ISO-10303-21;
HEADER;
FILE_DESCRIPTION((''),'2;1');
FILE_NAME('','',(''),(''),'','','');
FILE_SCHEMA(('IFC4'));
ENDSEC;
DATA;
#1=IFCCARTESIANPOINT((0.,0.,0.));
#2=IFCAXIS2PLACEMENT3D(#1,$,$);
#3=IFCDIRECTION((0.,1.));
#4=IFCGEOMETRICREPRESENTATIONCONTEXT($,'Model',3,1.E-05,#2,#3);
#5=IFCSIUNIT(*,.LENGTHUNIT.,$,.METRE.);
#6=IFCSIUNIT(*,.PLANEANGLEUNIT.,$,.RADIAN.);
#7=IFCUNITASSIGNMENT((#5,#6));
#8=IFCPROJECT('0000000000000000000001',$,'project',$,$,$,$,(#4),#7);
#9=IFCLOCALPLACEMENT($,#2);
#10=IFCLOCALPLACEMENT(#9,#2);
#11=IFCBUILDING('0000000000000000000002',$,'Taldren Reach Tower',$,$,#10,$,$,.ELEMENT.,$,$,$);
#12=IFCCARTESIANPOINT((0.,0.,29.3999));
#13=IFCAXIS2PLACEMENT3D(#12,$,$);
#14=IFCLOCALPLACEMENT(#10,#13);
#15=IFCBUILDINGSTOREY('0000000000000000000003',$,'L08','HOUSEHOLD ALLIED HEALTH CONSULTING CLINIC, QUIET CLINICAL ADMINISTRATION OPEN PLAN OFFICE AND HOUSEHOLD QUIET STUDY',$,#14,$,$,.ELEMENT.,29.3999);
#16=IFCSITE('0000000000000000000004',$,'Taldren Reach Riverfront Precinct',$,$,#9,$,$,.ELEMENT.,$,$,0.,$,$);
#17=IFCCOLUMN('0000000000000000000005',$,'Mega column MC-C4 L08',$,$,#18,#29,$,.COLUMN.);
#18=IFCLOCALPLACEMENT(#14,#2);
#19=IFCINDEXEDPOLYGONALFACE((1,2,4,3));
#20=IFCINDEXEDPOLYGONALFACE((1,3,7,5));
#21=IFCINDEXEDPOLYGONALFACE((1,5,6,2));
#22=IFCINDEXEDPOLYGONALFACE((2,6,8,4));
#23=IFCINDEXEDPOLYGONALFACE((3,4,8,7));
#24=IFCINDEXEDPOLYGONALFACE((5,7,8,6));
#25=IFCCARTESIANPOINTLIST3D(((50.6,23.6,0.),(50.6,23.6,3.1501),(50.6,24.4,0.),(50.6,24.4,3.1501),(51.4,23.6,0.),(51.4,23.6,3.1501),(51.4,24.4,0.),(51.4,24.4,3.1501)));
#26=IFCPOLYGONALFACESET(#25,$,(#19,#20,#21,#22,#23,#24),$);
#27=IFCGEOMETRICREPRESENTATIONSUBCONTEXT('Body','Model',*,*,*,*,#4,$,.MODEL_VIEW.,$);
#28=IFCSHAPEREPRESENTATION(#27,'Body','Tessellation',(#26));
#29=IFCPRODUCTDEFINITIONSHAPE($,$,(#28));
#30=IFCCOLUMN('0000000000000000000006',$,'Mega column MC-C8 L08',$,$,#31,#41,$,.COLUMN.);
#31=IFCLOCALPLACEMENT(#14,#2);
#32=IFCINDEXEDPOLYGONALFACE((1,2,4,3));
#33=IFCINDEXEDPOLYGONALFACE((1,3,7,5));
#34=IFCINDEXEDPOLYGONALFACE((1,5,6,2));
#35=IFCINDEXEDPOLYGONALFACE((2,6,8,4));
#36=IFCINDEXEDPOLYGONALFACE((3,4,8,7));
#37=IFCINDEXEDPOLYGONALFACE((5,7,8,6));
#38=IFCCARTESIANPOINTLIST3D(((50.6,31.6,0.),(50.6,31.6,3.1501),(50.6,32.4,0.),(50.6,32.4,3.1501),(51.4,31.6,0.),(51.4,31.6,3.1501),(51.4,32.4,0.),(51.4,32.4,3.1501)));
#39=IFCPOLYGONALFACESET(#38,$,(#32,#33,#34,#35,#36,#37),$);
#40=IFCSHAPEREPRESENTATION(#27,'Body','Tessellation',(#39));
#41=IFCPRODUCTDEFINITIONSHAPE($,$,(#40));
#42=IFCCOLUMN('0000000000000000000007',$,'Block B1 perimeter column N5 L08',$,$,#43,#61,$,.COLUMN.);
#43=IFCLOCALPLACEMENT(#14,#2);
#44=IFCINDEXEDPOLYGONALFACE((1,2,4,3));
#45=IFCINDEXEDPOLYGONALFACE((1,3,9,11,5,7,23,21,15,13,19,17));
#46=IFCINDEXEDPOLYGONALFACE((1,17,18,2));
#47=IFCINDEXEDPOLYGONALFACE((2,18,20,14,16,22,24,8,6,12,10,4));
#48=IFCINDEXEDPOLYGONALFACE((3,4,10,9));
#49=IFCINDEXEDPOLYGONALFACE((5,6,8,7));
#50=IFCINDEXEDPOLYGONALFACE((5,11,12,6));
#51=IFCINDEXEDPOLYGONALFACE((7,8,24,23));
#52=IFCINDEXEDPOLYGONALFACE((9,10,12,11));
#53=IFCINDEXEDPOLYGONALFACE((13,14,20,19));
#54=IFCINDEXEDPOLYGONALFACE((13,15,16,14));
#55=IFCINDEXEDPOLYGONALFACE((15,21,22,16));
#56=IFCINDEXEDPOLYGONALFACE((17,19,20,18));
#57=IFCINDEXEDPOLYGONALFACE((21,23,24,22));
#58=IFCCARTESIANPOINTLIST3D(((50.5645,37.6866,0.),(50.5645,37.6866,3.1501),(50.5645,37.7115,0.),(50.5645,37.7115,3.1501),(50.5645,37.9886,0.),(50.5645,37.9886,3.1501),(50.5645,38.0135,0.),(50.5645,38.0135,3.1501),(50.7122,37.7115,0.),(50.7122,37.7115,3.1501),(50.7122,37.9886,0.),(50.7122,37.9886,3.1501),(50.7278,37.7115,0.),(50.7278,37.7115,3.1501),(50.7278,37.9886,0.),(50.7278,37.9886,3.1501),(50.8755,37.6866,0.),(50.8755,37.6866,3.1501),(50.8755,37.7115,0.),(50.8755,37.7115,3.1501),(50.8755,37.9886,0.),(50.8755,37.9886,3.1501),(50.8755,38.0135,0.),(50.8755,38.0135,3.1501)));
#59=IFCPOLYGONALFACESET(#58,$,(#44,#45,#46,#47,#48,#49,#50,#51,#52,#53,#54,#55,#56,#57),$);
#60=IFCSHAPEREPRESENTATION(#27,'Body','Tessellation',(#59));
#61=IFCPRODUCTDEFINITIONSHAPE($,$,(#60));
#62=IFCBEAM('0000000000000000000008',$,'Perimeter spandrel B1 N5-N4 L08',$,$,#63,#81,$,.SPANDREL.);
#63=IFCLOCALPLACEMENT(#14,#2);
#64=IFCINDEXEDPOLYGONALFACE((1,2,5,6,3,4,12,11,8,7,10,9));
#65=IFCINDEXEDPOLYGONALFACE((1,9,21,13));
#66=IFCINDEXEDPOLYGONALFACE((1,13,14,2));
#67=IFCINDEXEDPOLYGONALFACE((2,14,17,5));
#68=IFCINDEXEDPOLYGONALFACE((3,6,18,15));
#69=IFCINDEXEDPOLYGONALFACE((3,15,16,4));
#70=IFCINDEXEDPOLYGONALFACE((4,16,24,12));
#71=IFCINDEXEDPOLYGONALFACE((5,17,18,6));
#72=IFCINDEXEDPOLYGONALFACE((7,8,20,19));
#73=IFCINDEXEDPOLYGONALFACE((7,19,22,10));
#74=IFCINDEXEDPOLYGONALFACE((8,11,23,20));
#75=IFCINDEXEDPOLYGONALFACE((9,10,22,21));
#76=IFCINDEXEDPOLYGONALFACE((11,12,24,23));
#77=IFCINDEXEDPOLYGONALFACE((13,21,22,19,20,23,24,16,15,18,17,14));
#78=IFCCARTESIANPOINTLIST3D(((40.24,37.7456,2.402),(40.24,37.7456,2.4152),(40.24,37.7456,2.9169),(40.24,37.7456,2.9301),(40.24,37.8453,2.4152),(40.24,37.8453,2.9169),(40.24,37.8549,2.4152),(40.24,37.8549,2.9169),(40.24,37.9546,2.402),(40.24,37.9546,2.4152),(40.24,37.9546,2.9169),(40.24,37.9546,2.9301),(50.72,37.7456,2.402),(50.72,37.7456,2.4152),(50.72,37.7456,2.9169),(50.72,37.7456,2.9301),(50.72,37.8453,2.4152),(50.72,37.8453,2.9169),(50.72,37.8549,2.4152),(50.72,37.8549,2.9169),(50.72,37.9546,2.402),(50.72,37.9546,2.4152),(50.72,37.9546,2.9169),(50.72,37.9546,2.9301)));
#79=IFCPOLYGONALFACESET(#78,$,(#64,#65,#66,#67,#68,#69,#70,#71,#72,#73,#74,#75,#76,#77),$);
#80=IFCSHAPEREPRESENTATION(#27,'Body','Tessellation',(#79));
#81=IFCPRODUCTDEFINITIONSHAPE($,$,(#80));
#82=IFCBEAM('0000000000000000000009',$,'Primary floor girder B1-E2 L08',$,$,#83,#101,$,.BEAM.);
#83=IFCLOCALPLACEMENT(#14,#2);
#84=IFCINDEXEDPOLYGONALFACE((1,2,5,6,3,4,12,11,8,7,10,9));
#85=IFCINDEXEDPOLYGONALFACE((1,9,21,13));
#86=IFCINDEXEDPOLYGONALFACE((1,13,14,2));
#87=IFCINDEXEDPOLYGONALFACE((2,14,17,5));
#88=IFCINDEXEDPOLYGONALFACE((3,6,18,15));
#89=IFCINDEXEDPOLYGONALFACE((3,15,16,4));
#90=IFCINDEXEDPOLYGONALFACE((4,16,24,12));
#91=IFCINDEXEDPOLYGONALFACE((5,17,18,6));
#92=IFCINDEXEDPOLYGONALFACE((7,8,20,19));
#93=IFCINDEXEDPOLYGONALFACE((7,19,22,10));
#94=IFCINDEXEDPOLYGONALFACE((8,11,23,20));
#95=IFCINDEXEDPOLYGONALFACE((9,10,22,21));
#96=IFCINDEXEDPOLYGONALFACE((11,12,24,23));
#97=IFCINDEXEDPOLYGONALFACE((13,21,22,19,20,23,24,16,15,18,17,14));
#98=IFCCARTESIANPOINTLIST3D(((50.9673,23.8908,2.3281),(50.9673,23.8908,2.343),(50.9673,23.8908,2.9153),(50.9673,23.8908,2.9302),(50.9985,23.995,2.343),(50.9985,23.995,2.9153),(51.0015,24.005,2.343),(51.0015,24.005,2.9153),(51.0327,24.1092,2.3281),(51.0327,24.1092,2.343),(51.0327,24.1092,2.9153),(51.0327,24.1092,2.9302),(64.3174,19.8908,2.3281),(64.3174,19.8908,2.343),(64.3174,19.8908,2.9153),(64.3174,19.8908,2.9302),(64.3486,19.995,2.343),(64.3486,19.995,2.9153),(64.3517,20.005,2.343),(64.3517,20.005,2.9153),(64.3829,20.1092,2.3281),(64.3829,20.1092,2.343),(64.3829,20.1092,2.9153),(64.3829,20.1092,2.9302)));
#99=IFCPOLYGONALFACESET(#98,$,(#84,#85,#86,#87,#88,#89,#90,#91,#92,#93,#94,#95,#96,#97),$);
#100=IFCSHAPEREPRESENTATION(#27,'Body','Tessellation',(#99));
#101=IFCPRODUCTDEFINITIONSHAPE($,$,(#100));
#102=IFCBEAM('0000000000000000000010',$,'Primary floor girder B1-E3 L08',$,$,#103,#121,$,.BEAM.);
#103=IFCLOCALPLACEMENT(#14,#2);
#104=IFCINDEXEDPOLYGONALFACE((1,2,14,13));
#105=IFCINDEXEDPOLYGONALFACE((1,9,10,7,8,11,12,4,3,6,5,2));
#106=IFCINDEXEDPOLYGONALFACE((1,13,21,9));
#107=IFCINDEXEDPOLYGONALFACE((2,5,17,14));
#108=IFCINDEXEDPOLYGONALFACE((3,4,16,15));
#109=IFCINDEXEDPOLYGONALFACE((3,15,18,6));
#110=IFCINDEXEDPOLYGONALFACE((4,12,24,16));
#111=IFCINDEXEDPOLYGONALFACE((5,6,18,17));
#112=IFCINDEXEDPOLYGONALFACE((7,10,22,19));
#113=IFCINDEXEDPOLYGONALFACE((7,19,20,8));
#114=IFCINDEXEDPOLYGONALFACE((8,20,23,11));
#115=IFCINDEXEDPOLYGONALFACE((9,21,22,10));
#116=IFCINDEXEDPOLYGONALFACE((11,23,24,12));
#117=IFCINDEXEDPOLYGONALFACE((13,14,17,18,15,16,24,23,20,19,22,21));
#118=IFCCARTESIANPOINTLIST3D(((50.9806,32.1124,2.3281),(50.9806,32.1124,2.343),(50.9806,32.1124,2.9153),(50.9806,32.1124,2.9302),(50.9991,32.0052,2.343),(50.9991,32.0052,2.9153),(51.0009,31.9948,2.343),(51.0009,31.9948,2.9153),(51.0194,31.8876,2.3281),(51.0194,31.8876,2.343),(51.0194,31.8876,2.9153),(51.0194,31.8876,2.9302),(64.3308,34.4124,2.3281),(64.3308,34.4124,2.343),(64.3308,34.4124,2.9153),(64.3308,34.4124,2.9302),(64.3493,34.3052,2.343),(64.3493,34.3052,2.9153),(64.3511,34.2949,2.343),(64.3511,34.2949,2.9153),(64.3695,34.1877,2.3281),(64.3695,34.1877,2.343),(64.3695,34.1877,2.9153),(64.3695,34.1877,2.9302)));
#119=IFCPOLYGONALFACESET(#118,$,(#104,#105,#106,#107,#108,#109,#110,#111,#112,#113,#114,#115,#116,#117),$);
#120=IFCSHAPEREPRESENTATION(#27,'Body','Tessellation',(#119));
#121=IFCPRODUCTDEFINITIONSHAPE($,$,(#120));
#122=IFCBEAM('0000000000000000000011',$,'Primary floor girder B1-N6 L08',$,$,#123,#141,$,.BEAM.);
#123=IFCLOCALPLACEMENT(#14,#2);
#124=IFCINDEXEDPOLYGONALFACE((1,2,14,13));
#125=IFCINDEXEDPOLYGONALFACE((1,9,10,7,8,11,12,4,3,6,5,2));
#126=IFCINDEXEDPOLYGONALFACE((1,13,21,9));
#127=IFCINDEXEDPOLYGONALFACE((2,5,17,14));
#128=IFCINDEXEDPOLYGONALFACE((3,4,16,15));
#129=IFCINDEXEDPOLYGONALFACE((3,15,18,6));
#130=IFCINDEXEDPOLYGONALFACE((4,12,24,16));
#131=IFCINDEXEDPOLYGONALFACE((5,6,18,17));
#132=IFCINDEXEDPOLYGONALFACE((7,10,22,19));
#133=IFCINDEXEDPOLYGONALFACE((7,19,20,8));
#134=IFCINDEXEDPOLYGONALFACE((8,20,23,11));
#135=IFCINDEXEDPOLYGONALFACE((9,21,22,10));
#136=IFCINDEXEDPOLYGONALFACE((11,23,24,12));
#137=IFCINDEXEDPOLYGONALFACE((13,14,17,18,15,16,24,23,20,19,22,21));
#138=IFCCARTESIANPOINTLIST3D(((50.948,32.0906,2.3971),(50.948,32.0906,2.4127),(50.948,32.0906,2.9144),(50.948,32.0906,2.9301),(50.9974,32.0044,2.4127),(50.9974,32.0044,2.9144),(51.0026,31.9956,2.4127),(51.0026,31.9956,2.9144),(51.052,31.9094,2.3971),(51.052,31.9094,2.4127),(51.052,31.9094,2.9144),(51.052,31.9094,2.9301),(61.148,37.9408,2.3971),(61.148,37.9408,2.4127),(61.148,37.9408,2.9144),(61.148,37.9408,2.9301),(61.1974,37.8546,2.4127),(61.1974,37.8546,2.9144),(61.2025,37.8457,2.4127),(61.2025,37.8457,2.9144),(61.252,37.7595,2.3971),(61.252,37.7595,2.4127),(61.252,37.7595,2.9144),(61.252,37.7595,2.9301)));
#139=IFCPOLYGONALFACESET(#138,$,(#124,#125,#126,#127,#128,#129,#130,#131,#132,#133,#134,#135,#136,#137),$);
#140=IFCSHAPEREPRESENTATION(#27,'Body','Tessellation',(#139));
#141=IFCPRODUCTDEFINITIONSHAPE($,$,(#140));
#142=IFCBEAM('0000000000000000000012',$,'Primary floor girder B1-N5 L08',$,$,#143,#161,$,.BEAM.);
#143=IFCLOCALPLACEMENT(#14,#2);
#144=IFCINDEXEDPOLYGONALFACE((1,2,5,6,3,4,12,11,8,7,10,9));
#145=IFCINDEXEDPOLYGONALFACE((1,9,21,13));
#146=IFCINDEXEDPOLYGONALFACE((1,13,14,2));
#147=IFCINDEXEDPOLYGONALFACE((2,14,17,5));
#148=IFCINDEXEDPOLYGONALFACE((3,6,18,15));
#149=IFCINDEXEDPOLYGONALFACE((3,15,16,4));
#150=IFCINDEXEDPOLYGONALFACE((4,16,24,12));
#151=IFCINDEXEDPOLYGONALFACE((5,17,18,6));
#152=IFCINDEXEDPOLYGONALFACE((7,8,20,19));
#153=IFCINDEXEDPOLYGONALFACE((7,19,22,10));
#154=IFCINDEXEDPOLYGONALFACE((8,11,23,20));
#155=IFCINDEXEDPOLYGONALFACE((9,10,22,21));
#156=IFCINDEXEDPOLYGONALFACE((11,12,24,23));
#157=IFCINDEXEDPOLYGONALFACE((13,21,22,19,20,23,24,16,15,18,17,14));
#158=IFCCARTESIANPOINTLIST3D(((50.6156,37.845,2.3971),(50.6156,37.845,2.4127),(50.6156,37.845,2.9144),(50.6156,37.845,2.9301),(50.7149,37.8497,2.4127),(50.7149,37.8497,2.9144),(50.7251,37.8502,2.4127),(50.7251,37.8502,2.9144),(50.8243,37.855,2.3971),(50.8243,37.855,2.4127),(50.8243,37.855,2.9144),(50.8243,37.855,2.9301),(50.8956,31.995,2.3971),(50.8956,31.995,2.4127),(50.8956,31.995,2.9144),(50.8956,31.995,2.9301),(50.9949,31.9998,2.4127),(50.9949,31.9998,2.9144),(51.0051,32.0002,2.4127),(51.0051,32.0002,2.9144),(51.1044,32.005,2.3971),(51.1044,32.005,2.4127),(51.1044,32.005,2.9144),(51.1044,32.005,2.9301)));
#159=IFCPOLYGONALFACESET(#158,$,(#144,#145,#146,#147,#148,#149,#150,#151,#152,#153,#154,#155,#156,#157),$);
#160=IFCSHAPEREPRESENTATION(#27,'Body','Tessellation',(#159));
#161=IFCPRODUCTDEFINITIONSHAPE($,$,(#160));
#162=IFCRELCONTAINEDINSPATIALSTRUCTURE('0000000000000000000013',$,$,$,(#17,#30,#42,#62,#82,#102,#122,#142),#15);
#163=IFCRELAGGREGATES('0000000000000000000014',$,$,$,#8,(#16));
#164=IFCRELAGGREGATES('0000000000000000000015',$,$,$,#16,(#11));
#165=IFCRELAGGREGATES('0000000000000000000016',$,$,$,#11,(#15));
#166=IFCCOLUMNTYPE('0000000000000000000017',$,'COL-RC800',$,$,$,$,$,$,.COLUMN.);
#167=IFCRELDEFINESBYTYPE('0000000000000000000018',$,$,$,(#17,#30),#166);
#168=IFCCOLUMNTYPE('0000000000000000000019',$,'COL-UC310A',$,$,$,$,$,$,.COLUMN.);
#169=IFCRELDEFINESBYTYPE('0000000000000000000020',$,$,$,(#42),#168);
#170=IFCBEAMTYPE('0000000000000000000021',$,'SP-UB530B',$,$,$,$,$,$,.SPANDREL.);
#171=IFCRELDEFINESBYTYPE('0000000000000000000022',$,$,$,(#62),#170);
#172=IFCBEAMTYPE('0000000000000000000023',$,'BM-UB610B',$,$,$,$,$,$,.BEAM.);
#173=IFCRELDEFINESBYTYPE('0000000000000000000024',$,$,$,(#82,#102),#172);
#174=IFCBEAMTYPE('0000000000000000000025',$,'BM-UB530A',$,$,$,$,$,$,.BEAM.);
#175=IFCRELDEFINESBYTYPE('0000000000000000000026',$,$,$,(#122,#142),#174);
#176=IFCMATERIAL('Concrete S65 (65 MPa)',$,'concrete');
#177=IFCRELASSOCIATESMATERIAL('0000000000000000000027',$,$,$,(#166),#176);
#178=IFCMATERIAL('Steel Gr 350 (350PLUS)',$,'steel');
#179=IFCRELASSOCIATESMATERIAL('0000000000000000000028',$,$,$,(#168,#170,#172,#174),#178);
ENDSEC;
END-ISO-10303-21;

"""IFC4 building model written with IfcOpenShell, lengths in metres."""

from ifc_helpers import new_model, si_unit, direction, frame, origin, origin_2d, place, context, subcontext, project, spatial, rectangle, i_section, extrude, source, transform, mapped, material, material_profile, profile_set, type_object, element, save


model = new_model("IFC4")

# Units and contexts
model_context = context("Model", 3, precision=1e-05, world=origin(), true_north=direction((0.0, 1.0)))
body_context = subcontext(model_context, "Body", "Model", "MODEL_VIEW")
ifc_project = project(units=[si_unit("LENGTHUNIT", "METRE"), si_unit("PLANEANGLEUNIT", "RADIAN")], contexts=[model_context])

# Site, building, storey
site_placement = place(None, origin())
site = spatial("IfcSite", under=ifc_project, at=site_placement, Name="Taldren Reach Riverfront Precinct", CompositionType="ELEMENT", RefElevation=0.0)
building_placement = place(site_placement, origin())
building = spatial("IfcBuilding", under=site, at=building_placement, Name="Taldren Reach Tower", CompositionType="ELEMENT")
storey_placement = place(building_placement, frame((0.0, 0.0, 29.3999)))
storey = spatial("IfcBuildingStorey", under=building, at=storey_placement, Name="L08", Description="HOUSEHOLD ALLIED HEALTH CONSULTING CLINIC, QUIET CLINICAL ADMINISTRATION OPEN PLAN OFFICE AND HOUSEHOLD QUIET STUDY", CompositionType="ELEMENT", Elevation=29.3999)

# Columns
ifc_material_1 = material(Name="Concrete S65 (65 MPa)", Category="concrete")
ifc_material_profile_1 = material_profile(ifc_material_1, rectangle(XDim=0.8, YDim=0.8, at=origin_2d()), Name="RC-800x800")
ifc_profile_set_1 = profile_set([ifc_material_profile_1], Name="Concrete S65 (65 MPa)")
column_type_1 = type_object("IfcColumnType", Name="COL-RC800", PredefinedType="COLUMN", material=ifc_profile_set_1)
shared_shape_1 = source(origin(), body_context, "Body", "SweptSolid", [
    extrude(rectangle(XDim=0.8, YDim=0.8, at=origin_2d()), origin(), (0.0, 0.0, 1.0), 3.1501),
])
for number, where, z_axis, x_axis, name in (
    (1, (51.0, 24.0, 0.0), (0.0, 0.0, 1.0), (1.0, 0.0, 0.0), "Mega column MC-C4 L08"),
    (2, (51.0, 32.0, 0.0), (0.0, 0.0, 1.0), (1.0, 0.0, 0.0), "Mega column MC-C8 L08"),
):
    element("IfcColumn", number, at=place(storey_placement, frame(where, z_axis=z_axis, x_axis=x_axis)), inside=storey, type_object=column_type_1, Name=name, PredefinedType="COLUMN", context=body_context, shape_type="MappedRepresentation", body=[
        mapped(shared_shape_1, transform((0.0, 0.0, 0.0), scale=1.0)),
    ])
ifc_material_2 = material(Name="Steel Gr 350 (350PLUS)", Category="steel")
ifc_material_profile_2 = material_profile(ifc_material_2, i_section(OverallWidth=0.311, OverallDepth=0.3269, WebThickness=0.0156, FlangeThickness=0.0249, at=origin_2d()), Name="310UC158")
ifc_profile_set_2 = profile_set([ifc_material_profile_2], Name="Steel Gr 350 (350PLUS)")
column_type_2 = type_object("IfcColumnType", Name="COL-UC310A", PredefinedType="COLUMN", material=ifc_profile_set_2)
shared_shape_2 = source(origin(), body_context, "Body", "SweptSolid", [
    extrude(i_section(OverallWidth=0.311, OverallDepth=0.3269, WebThickness=0.0156, FlangeThickness=0.0249, at=origin_2d()), origin(), (0.0, 0.0, 1.0), 3.1501),
])
column_placement = place(storey_placement, frame((50.72, 37.8501, 0.0), z_axis=(0.0, 0.0, 1.0), x_axis=(1.0, 0.0, 0.0)))
element("IfcColumn", 3, at=column_placement, inside=storey, type_object=column_type_2, Name="Block B1 perimeter column N5 L08", PredefinedType="COLUMN", context=body_context, shape_type="MappedRepresentation", body=[
    mapped(shared_shape_2, transform((0.0, 0.0, 0.0), scale=1.0)),
])

# Beams
ifc_material_profile_3 = material_profile(ifc_material_2, i_section(OverallWidth=0.209, OverallDepth=0.5281, WebThickness=0.0095, FlangeThickness=0.0132, at=origin_2d()), Name="530UB82.0")
ifc_profile_set_3 = profile_set([ifc_material_profile_3], Name="Steel Gr 350 (350PLUS)")
beam_type_1 = type_object("IfcBeamType", Name="SP-UB530B", PredefinedType="SPANDREL", material=ifc_profile_set_3)
shared_shape_3 = source(origin(), body_context, "Body", "SweptSolid", [
    extrude(i_section(OverallWidth=0.209, OverallDepth=0.5281, WebThickness=0.0095, FlangeThickness=0.0132, at=origin_2d()), origin(), (0.0, 0.0, 1.0), 10.48),
])
beam_1_placement = place(storey_placement, frame((50.72, 37.8501, 2.666), z_axis=(-1.0, 0.0, 0.0), x_axis=(0.0, -1.0, 0.0)))
element("IfcBeam", 4, at=beam_1_placement, inside=storey, type_object=beam_type_1, Name="Perimeter spandrel B1 N5-N4 L08", PredefinedType="SPANDREL", context=body_context, shape_type="MappedRepresentation", body=[
    mapped(shared_shape_3, transform((0.0, 0.0, 0.0), scale=1.0)),
])
ifc_material_profile_4 = material_profile(ifc_material_2, i_section(OverallWidth=0.228, OverallDepth=0.6021, WebThickness=0.0105, FlangeThickness=0.0149, at=origin_2d()), Name="610UB101")
ifc_profile_set_4 = profile_set([ifc_material_profile_4], Name="Steel Gr 350 (350PLUS)")
beam_type_2 = type_object("IfcBeamType", Name="BM-UB610B", PredefinedType="BEAM", material=ifc_profile_set_4)
shared_shape_4 = source(origin(), body_context, "Body", "SweptSolid", [
    extrude(i_section(OverallWidth=0.228, OverallDepth=0.6021, WebThickness=0.0105, FlangeThickness=0.0149, at=origin_2d()), origin(), (0.0, 0.0, 1.0), 13.9365),
])
beam_2_placement = place(storey_placement, frame((51.0, 24.0, 2.6292), z_axis=(0.957926, -0.287017, 0.0), x_axis=(0.287017, 0.957926, 0.0)))
element("IfcBeam", 5, at=beam_2_placement, inside=storey, type_object=beam_type_2, Name="Primary floor girder B1-E2 L08", PredefinedType="BEAM", context=body_context, shape_type="MappedRepresentation", body=[
    mapped(shared_shape_4, transform((0.0, 0.0, 0.0), scale=1.0)),
])
shared_shape_5 = source(origin(), body_context, "Body", "SweptSolid", [
    extrude(i_section(OverallWidth=0.228, OverallDepth=0.6021, WebThickness=0.0105, FlangeThickness=0.0149, at=origin_2d()), origin(), (0.0, 0.0, 1.0), 13.5469),
])
beam_3_placement = place(storey_placement, frame((51.0, 32.0, 2.6292), z_axis=(0.985481, 0.169786, 0.0), x_axis=(-0.169786, 0.985481, 0.0)))
element("IfcBeam", 6, at=beam_3_placement, inside=storey, type_object=beam_type_2, Name="Primary floor girder B1-E3 L08", PredefinedType="BEAM", context=body_context, shape_type="MappedRepresentation", body=[
    mapped(shared_shape_5, transform((0.0, 0.0, 0.0), scale=1.0)),
])
ifc_material_profile_5 = material_profile(ifc_material_2, i_section(OverallWidth=0.209, OverallDepth=0.533, WebThickness=0.0103, FlangeThickness=0.0156, at=origin_2d()), Name="530UB92.4")
ifc_profile_set_5 = profile_set([ifc_material_profile_5], Name="Steel Gr 350 (350PLUS)")
beam_type_3 = type_object("IfcBeamType", Name="BM-UB530A", PredefinedType="BEAM", material=ifc_profile_set_5)
shared_shape_6 = source(origin(), body_context, "Body", "SweptSolid", [
    extrude(i_section(OverallWidth=0.209, OverallDepth=0.533, WebThickness=0.0103, FlangeThickness=0.0156, at=origin_2d()), origin(), (0.0, 0.0, 1.0), 11.7585),
])
beam_4_placement = place(storey_placement, frame((51.0, 32.0, 2.6636), z_axis=(0.867452, 0.49752, 0.0), x_axis=(-0.49752, 0.867452, 0.0)))
element("IfcBeam", 7, at=beam_4_placement, inside=storey, type_object=beam_type_3, Name="Primary floor girder B1-N6 L08", PredefinedType="BEAM", context=body_context, shape_type="MappedRepresentation", body=[
    mapped(shared_shape_6, transform((0.0, 0.0, 0.0), scale=1.0)),
])
shared_shape_7 = source(origin(), body_context, "Body", "SweptSolid", [
    extrude(i_section(OverallWidth=0.209, OverallDepth=0.533, WebThickness=0.0103, FlangeThickness=0.0156, at=origin_2d()), origin(), (0.0, 0.0, 1.0), 5.8567),
])
beam_5_placement = place(storey_placement, frame((51.0, 32.0, 2.6636), z_axis=(-0.047813, 0.998856, 0.0), x_axis=(-0.998856, -0.047813, 0.0)))
element("IfcBeam", 8, at=beam_5_placement, inside=storey, type_object=beam_type_3, Name="Primary floor girder B1-N5 L08", PredefinedType="BEAM", context=body_context, shape_type="MappedRepresentation", body=[
    mapped(shared_shape_7, transform((0.0, 0.0, 0.0), scale=1.0)),
])

save(model, "model.ifc")
